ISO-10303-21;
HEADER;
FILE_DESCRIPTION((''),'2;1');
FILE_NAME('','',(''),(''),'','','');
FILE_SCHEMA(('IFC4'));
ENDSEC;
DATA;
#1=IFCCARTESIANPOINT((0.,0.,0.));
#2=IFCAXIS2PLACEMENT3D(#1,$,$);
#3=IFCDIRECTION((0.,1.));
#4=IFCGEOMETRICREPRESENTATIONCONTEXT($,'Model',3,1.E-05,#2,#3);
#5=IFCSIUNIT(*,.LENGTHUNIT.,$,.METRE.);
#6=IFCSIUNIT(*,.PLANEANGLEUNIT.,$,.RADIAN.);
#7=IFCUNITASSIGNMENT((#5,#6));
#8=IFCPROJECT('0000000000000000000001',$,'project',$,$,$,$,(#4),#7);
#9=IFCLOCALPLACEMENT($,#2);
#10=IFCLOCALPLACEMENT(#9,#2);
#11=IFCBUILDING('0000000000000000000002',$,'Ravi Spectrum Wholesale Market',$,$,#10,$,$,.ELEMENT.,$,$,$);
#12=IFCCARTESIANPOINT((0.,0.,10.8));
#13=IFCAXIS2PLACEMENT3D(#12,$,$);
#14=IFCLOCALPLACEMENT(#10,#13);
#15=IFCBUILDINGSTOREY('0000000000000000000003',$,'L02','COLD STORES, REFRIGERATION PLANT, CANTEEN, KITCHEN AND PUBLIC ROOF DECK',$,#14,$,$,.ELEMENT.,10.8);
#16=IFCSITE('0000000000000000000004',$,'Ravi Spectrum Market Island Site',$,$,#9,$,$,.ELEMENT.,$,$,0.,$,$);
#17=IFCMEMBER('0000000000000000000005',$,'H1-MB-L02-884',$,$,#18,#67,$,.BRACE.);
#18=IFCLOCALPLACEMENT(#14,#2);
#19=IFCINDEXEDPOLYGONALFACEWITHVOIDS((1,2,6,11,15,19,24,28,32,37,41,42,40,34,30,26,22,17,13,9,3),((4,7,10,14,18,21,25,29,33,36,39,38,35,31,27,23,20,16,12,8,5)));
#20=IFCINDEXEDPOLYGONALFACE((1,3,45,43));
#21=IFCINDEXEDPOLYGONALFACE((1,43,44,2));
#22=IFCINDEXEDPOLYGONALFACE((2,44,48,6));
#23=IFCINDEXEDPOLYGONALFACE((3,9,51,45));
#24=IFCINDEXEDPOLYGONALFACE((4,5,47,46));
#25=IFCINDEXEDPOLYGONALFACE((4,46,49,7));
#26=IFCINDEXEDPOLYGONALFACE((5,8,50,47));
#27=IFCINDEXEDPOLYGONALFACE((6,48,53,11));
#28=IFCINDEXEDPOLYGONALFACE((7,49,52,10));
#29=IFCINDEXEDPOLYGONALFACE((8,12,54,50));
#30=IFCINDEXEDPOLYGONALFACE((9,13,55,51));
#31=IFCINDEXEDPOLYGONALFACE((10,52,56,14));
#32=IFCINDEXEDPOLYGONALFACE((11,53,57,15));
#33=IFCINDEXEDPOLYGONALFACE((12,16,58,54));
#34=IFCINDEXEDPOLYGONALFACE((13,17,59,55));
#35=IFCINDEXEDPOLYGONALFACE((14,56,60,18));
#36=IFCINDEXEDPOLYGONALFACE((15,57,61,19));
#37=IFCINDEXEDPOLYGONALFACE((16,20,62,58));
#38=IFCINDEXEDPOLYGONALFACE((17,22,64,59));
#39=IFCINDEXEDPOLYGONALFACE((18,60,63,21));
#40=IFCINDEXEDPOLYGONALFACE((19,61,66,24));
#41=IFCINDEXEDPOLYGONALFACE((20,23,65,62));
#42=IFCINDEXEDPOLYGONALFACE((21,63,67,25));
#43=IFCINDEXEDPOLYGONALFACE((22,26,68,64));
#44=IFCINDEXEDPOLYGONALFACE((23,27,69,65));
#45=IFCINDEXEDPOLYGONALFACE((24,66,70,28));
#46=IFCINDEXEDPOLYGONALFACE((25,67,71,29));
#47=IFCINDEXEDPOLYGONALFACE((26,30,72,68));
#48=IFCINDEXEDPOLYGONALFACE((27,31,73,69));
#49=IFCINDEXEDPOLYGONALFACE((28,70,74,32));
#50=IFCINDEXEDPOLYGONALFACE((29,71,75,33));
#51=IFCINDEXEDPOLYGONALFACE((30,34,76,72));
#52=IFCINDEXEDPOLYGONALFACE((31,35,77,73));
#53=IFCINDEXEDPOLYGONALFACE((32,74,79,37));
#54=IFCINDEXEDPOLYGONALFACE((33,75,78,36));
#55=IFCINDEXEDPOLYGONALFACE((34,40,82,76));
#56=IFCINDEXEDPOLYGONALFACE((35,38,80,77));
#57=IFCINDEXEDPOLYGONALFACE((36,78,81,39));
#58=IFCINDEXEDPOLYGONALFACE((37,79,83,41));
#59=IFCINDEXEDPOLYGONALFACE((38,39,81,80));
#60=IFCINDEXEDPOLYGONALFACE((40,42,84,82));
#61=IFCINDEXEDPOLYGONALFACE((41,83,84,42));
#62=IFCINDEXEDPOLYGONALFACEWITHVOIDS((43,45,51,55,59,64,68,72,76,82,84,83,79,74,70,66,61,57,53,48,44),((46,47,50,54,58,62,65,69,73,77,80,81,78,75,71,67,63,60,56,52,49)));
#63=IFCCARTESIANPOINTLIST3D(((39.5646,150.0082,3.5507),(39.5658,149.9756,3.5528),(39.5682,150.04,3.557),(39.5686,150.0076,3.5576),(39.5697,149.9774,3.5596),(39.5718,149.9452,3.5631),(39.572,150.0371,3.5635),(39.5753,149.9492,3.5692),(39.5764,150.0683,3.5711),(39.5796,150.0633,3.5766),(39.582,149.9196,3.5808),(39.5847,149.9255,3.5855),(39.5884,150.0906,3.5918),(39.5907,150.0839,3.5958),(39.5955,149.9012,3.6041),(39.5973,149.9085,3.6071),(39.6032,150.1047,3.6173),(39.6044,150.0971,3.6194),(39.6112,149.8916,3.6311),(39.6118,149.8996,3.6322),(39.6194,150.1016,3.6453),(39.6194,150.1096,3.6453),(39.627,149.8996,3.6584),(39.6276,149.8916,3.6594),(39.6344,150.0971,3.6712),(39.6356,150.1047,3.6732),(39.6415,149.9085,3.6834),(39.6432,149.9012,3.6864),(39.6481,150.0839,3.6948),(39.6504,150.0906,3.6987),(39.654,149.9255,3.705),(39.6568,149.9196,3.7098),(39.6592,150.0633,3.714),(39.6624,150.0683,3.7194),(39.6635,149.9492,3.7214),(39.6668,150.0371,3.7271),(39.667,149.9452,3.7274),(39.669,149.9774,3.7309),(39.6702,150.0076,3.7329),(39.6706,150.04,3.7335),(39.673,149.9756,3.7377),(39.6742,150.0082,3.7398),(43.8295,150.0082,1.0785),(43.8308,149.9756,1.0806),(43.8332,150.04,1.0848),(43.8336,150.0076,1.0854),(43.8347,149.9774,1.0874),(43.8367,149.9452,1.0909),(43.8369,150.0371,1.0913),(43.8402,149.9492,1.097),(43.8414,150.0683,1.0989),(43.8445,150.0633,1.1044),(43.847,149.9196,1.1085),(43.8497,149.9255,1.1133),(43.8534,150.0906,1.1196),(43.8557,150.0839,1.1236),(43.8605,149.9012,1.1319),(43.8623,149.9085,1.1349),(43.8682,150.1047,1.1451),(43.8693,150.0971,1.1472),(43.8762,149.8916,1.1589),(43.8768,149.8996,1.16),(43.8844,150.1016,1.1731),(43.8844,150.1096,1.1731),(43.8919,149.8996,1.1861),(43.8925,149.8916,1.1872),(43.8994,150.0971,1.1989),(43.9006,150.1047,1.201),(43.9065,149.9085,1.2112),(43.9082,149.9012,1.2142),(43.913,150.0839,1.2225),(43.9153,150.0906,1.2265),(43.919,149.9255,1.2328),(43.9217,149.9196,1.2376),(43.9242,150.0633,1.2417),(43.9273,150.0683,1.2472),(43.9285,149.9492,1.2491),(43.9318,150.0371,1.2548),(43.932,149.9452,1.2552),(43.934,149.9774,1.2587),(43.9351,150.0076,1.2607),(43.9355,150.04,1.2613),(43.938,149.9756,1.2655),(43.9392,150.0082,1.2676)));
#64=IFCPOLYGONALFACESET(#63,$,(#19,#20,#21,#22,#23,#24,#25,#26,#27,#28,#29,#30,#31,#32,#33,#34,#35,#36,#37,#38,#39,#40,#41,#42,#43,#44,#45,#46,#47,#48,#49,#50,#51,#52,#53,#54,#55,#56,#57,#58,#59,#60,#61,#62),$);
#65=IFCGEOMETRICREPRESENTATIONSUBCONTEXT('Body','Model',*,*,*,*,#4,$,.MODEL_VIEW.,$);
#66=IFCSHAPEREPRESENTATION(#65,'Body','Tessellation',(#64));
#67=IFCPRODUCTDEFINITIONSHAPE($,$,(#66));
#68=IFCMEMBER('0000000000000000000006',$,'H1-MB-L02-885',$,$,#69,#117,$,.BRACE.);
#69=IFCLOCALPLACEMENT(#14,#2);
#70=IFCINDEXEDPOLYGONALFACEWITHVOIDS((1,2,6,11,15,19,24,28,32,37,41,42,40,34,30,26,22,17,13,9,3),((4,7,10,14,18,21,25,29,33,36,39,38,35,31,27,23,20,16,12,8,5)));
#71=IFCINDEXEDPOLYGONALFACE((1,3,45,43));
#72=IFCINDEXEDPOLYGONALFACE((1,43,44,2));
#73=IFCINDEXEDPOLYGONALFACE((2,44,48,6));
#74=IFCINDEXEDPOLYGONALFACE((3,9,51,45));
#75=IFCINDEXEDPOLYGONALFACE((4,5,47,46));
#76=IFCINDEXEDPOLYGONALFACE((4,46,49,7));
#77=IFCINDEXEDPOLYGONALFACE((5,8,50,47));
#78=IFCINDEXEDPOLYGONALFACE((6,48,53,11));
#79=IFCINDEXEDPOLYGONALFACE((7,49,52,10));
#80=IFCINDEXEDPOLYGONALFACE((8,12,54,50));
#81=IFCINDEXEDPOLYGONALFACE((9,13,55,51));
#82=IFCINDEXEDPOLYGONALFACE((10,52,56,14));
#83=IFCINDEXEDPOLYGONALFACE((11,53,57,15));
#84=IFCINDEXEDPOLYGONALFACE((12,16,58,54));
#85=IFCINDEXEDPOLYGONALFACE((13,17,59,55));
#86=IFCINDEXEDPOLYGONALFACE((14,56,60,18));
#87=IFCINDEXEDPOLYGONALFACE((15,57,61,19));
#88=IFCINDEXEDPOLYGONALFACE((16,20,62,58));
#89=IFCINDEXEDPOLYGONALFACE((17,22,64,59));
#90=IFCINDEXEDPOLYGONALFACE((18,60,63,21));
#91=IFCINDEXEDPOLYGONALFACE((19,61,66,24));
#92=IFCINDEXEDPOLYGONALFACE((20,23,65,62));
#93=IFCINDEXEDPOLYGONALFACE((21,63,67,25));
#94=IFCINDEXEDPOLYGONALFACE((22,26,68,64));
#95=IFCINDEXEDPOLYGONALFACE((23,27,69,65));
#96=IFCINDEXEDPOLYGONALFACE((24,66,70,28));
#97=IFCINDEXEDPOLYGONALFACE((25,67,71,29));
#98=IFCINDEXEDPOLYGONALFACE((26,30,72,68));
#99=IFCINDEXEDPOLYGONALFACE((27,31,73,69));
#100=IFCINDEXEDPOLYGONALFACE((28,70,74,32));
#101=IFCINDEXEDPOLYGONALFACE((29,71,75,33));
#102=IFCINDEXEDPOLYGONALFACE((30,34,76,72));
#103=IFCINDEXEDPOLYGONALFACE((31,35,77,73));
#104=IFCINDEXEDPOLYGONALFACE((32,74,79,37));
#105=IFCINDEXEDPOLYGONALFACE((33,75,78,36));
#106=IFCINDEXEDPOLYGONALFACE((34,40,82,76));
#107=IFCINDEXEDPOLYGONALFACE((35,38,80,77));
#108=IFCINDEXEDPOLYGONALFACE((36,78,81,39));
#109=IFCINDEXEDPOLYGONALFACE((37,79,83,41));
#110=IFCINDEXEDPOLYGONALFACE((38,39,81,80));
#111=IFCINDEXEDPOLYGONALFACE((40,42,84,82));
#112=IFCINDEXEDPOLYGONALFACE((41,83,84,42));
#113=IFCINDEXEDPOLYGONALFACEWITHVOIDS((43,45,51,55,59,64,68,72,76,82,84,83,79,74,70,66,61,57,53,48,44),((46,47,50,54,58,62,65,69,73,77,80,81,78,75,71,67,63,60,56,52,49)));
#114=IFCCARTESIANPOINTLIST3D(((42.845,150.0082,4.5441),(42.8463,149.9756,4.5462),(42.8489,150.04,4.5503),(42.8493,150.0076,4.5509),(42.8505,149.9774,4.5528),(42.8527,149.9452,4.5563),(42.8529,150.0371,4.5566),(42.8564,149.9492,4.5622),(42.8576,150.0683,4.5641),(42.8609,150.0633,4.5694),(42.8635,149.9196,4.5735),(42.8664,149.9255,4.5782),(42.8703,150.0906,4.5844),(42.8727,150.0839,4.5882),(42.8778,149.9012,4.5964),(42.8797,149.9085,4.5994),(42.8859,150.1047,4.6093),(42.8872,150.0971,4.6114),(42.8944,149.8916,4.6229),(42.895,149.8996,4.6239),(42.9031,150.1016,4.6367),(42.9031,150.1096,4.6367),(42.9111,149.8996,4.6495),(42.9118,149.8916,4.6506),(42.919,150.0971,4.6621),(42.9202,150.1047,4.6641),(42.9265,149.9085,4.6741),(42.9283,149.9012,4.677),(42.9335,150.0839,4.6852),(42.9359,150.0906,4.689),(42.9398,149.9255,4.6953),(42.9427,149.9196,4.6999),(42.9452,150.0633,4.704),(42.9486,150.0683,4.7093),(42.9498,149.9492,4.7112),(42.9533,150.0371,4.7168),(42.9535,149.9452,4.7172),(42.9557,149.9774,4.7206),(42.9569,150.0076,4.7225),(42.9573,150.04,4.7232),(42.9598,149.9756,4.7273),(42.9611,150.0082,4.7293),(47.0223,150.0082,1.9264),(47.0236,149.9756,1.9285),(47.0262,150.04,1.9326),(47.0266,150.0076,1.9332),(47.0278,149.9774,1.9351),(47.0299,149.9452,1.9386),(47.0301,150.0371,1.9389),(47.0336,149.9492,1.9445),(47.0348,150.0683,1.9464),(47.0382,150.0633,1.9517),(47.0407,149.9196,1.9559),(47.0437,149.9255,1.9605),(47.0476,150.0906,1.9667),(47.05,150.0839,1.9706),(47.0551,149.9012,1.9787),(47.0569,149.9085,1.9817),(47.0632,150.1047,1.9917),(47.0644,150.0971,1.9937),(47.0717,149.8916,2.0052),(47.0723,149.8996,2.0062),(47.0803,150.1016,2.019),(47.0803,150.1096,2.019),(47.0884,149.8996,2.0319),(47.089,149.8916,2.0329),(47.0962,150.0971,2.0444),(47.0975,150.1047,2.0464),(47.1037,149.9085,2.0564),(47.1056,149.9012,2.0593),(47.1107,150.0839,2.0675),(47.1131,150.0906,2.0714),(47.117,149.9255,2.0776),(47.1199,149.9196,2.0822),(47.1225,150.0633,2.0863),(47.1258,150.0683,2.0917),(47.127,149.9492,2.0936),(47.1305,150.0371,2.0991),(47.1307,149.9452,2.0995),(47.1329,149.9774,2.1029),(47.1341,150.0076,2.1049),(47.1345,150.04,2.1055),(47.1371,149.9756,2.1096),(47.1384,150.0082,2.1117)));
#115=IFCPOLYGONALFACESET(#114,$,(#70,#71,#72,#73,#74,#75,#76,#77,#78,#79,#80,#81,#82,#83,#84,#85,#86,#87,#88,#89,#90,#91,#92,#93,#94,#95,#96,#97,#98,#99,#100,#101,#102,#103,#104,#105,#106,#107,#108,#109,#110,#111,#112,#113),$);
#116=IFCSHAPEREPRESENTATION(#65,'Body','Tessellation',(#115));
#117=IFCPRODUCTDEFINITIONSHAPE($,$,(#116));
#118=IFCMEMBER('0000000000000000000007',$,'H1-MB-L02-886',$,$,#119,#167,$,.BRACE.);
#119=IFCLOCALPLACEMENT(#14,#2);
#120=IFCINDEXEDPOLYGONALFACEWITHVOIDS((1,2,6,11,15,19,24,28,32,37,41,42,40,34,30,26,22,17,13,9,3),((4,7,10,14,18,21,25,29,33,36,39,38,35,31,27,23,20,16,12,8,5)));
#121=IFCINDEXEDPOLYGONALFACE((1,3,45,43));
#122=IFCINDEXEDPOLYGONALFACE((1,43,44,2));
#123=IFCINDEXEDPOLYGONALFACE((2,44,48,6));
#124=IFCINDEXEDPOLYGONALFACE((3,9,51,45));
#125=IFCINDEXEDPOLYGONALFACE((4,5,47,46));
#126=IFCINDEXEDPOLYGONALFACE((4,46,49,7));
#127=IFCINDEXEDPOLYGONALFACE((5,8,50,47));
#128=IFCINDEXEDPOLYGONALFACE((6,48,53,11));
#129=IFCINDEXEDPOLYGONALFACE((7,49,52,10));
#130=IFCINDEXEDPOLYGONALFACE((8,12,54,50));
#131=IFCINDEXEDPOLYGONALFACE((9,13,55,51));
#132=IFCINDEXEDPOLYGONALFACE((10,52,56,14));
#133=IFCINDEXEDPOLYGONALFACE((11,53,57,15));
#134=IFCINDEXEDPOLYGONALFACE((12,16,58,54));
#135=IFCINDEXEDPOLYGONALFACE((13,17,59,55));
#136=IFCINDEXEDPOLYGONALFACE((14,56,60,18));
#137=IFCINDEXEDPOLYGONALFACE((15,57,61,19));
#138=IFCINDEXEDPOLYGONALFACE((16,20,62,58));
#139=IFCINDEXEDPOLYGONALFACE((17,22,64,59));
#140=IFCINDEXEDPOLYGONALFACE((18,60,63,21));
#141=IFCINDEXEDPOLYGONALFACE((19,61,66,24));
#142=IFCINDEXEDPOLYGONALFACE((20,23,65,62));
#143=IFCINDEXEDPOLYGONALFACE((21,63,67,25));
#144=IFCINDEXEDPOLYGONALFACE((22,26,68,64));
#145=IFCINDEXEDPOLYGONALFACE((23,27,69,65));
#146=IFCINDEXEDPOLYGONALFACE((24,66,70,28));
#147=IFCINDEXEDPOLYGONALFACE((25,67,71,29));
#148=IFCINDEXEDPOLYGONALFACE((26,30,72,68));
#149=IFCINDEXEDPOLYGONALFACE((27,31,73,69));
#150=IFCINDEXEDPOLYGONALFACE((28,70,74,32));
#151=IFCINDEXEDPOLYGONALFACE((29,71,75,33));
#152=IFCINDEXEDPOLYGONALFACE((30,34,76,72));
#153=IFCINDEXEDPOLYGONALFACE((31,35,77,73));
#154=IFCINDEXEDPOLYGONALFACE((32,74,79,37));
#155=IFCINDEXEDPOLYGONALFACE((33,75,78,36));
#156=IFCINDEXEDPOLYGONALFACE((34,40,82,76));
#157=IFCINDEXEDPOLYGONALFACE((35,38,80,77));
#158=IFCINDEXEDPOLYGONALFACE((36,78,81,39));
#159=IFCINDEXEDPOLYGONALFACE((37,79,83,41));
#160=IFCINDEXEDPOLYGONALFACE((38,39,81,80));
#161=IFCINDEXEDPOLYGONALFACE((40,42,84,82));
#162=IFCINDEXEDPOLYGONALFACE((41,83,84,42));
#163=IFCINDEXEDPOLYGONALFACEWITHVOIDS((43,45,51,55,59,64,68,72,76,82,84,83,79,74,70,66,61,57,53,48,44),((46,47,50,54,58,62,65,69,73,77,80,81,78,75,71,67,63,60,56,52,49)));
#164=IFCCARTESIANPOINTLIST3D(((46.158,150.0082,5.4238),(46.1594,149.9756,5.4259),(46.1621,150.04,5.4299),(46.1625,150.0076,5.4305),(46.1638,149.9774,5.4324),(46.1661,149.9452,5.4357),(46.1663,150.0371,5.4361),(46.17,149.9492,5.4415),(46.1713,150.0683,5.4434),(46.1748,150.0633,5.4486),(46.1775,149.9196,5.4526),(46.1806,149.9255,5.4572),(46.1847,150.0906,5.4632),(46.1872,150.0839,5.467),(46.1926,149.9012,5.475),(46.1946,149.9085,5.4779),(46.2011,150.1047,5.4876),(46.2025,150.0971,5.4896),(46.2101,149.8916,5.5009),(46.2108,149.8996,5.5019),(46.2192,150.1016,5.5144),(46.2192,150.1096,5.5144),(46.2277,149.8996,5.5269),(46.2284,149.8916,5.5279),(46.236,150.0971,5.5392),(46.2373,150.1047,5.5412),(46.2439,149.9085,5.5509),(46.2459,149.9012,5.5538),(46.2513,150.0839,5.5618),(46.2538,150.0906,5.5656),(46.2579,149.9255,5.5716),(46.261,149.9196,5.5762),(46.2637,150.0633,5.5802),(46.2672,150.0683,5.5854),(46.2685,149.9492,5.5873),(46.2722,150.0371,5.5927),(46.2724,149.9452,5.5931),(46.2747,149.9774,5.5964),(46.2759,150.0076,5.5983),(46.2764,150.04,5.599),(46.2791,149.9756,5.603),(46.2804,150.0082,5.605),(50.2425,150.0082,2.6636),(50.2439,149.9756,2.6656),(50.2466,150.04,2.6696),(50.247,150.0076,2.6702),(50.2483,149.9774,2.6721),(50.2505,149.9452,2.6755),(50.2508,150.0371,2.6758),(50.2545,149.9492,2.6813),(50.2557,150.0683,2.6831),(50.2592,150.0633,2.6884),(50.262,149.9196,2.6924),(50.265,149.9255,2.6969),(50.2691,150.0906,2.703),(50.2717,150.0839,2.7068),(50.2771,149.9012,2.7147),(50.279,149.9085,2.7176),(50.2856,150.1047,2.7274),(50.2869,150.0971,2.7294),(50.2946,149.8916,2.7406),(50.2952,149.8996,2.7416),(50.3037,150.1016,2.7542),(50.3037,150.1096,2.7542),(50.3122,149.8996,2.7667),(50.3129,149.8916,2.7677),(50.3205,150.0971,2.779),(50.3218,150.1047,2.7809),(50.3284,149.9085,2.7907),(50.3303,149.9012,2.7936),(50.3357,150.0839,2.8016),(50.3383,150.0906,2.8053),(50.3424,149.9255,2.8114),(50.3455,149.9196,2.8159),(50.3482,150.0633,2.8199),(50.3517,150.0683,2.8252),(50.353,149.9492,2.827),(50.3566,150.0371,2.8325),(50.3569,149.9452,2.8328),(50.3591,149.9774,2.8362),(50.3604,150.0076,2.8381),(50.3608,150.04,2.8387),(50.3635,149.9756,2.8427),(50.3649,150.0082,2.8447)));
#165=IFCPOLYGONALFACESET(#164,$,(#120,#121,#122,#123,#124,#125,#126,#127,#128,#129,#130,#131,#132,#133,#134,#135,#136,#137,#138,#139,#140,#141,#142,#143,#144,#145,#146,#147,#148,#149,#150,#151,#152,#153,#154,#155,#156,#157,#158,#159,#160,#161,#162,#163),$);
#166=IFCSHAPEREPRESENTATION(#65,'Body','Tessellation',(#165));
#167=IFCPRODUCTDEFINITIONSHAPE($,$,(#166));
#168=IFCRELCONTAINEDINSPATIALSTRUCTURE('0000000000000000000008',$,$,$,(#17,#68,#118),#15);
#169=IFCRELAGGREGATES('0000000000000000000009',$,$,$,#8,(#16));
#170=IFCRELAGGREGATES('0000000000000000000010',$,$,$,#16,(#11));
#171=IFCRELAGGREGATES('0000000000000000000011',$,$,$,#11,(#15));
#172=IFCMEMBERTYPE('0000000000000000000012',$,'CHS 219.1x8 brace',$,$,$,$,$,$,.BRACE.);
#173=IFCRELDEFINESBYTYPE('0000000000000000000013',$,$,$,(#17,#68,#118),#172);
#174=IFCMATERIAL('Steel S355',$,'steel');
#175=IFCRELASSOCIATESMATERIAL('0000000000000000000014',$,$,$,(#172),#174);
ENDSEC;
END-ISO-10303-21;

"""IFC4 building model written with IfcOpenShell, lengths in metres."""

from ifc_helpers import new_model, si_unit, direction, frame, origin, origin_2d, place, context, subcontext, project, spatial, hollow_circle, extrude, material, material_profile, profile_set, type_object, element, save


model = new_model("IFC4")

# Units and contexts
model_context = context("Model", 3, precision=1e-05, world=origin(), true_north=direction((0.0, 1.0)))
body_context = subcontext(model_context, "Body", "Model", "MODEL_VIEW")
ifc_project = project(units=[si_unit("LENGTHUNIT", "METRE"), si_unit("PLANEANGLEUNIT", "RADIAN")], contexts=[model_context])

# Site, building, storey
site_placement = place(None, origin())
site = spatial("IfcSite", under=ifc_project, at=site_placement, Name="Ravi Spectrum Market Island Site", CompositionType="ELEMENT", RefElevation=0.0)
building_placement = place(site_placement, origin())
building = spatial("IfcBuilding", under=site, at=building_placement, Name="Ravi Spectrum Wholesale Market", CompositionType="ELEMENT")
storey_placement = place(building_placement, frame((0.0, 0.0, 10.8)))
storey = spatial("IfcBuildingStorey", under=building, at=storey_placement, Name="L02", Description="COLD STORES, REFRIGERATION PLANT, CANTEEN, KITCHEN AND PUBLIC ROOF DECK", CompositionType="ELEMENT", Elevation=10.8)

# Members
ifc_material_1 = material(Name="Steel S355", Category="steel")
ifc_material_profile_1 = material_profile(ifc_material_1, hollow_circle(Radius=0.1096, WallThickness=0.0081, at=origin_2d()))
ifc_profile_set_1 = profile_set([ifc_material_profile_1], Name="Steel S355")
member_type_1 = type_object("IfcMemberType", Name="CHS 219.1x8 brace", PredefinedType="BRACE", material=ifc_profile_set_1)
for number, where, z_axis, x_axis, name in (
    (1, (39.6194, 150.0, 3.6453), (0.865161, 0.0, -0.501495), (0.0, 1.0, 0.0), "H1-MB-L02-884"),
    (2, (42.9031, 150.0, 4.6367), (0.847369, 0.0, -0.531005), (0.0, 1.0, 0.0), "H1-MB-L02-885"),
    (3, (46.2192, 150.0, 5.5144), (0.828544, 0.0, -0.559924), (0.0, 1.0, 0.0), "H1-MB-L02-886"),
):
    element("IfcMember", number, at=place(storey_placement, frame(where, z_axis=z_axis, x_axis=x_axis)), inside=storey, type_object=member_type_1, Name=name, PredefinedType="BRACE", context=body_context, shape_type="SweptSolid", body=[
        extrude(hollow_circle(Radius=0.1096, WallThickness=0.0081, at=origin_2d()), origin(), (0.0, 0.0, 1.0), 4.9297),
    ])

save(model, "model.ifc")
